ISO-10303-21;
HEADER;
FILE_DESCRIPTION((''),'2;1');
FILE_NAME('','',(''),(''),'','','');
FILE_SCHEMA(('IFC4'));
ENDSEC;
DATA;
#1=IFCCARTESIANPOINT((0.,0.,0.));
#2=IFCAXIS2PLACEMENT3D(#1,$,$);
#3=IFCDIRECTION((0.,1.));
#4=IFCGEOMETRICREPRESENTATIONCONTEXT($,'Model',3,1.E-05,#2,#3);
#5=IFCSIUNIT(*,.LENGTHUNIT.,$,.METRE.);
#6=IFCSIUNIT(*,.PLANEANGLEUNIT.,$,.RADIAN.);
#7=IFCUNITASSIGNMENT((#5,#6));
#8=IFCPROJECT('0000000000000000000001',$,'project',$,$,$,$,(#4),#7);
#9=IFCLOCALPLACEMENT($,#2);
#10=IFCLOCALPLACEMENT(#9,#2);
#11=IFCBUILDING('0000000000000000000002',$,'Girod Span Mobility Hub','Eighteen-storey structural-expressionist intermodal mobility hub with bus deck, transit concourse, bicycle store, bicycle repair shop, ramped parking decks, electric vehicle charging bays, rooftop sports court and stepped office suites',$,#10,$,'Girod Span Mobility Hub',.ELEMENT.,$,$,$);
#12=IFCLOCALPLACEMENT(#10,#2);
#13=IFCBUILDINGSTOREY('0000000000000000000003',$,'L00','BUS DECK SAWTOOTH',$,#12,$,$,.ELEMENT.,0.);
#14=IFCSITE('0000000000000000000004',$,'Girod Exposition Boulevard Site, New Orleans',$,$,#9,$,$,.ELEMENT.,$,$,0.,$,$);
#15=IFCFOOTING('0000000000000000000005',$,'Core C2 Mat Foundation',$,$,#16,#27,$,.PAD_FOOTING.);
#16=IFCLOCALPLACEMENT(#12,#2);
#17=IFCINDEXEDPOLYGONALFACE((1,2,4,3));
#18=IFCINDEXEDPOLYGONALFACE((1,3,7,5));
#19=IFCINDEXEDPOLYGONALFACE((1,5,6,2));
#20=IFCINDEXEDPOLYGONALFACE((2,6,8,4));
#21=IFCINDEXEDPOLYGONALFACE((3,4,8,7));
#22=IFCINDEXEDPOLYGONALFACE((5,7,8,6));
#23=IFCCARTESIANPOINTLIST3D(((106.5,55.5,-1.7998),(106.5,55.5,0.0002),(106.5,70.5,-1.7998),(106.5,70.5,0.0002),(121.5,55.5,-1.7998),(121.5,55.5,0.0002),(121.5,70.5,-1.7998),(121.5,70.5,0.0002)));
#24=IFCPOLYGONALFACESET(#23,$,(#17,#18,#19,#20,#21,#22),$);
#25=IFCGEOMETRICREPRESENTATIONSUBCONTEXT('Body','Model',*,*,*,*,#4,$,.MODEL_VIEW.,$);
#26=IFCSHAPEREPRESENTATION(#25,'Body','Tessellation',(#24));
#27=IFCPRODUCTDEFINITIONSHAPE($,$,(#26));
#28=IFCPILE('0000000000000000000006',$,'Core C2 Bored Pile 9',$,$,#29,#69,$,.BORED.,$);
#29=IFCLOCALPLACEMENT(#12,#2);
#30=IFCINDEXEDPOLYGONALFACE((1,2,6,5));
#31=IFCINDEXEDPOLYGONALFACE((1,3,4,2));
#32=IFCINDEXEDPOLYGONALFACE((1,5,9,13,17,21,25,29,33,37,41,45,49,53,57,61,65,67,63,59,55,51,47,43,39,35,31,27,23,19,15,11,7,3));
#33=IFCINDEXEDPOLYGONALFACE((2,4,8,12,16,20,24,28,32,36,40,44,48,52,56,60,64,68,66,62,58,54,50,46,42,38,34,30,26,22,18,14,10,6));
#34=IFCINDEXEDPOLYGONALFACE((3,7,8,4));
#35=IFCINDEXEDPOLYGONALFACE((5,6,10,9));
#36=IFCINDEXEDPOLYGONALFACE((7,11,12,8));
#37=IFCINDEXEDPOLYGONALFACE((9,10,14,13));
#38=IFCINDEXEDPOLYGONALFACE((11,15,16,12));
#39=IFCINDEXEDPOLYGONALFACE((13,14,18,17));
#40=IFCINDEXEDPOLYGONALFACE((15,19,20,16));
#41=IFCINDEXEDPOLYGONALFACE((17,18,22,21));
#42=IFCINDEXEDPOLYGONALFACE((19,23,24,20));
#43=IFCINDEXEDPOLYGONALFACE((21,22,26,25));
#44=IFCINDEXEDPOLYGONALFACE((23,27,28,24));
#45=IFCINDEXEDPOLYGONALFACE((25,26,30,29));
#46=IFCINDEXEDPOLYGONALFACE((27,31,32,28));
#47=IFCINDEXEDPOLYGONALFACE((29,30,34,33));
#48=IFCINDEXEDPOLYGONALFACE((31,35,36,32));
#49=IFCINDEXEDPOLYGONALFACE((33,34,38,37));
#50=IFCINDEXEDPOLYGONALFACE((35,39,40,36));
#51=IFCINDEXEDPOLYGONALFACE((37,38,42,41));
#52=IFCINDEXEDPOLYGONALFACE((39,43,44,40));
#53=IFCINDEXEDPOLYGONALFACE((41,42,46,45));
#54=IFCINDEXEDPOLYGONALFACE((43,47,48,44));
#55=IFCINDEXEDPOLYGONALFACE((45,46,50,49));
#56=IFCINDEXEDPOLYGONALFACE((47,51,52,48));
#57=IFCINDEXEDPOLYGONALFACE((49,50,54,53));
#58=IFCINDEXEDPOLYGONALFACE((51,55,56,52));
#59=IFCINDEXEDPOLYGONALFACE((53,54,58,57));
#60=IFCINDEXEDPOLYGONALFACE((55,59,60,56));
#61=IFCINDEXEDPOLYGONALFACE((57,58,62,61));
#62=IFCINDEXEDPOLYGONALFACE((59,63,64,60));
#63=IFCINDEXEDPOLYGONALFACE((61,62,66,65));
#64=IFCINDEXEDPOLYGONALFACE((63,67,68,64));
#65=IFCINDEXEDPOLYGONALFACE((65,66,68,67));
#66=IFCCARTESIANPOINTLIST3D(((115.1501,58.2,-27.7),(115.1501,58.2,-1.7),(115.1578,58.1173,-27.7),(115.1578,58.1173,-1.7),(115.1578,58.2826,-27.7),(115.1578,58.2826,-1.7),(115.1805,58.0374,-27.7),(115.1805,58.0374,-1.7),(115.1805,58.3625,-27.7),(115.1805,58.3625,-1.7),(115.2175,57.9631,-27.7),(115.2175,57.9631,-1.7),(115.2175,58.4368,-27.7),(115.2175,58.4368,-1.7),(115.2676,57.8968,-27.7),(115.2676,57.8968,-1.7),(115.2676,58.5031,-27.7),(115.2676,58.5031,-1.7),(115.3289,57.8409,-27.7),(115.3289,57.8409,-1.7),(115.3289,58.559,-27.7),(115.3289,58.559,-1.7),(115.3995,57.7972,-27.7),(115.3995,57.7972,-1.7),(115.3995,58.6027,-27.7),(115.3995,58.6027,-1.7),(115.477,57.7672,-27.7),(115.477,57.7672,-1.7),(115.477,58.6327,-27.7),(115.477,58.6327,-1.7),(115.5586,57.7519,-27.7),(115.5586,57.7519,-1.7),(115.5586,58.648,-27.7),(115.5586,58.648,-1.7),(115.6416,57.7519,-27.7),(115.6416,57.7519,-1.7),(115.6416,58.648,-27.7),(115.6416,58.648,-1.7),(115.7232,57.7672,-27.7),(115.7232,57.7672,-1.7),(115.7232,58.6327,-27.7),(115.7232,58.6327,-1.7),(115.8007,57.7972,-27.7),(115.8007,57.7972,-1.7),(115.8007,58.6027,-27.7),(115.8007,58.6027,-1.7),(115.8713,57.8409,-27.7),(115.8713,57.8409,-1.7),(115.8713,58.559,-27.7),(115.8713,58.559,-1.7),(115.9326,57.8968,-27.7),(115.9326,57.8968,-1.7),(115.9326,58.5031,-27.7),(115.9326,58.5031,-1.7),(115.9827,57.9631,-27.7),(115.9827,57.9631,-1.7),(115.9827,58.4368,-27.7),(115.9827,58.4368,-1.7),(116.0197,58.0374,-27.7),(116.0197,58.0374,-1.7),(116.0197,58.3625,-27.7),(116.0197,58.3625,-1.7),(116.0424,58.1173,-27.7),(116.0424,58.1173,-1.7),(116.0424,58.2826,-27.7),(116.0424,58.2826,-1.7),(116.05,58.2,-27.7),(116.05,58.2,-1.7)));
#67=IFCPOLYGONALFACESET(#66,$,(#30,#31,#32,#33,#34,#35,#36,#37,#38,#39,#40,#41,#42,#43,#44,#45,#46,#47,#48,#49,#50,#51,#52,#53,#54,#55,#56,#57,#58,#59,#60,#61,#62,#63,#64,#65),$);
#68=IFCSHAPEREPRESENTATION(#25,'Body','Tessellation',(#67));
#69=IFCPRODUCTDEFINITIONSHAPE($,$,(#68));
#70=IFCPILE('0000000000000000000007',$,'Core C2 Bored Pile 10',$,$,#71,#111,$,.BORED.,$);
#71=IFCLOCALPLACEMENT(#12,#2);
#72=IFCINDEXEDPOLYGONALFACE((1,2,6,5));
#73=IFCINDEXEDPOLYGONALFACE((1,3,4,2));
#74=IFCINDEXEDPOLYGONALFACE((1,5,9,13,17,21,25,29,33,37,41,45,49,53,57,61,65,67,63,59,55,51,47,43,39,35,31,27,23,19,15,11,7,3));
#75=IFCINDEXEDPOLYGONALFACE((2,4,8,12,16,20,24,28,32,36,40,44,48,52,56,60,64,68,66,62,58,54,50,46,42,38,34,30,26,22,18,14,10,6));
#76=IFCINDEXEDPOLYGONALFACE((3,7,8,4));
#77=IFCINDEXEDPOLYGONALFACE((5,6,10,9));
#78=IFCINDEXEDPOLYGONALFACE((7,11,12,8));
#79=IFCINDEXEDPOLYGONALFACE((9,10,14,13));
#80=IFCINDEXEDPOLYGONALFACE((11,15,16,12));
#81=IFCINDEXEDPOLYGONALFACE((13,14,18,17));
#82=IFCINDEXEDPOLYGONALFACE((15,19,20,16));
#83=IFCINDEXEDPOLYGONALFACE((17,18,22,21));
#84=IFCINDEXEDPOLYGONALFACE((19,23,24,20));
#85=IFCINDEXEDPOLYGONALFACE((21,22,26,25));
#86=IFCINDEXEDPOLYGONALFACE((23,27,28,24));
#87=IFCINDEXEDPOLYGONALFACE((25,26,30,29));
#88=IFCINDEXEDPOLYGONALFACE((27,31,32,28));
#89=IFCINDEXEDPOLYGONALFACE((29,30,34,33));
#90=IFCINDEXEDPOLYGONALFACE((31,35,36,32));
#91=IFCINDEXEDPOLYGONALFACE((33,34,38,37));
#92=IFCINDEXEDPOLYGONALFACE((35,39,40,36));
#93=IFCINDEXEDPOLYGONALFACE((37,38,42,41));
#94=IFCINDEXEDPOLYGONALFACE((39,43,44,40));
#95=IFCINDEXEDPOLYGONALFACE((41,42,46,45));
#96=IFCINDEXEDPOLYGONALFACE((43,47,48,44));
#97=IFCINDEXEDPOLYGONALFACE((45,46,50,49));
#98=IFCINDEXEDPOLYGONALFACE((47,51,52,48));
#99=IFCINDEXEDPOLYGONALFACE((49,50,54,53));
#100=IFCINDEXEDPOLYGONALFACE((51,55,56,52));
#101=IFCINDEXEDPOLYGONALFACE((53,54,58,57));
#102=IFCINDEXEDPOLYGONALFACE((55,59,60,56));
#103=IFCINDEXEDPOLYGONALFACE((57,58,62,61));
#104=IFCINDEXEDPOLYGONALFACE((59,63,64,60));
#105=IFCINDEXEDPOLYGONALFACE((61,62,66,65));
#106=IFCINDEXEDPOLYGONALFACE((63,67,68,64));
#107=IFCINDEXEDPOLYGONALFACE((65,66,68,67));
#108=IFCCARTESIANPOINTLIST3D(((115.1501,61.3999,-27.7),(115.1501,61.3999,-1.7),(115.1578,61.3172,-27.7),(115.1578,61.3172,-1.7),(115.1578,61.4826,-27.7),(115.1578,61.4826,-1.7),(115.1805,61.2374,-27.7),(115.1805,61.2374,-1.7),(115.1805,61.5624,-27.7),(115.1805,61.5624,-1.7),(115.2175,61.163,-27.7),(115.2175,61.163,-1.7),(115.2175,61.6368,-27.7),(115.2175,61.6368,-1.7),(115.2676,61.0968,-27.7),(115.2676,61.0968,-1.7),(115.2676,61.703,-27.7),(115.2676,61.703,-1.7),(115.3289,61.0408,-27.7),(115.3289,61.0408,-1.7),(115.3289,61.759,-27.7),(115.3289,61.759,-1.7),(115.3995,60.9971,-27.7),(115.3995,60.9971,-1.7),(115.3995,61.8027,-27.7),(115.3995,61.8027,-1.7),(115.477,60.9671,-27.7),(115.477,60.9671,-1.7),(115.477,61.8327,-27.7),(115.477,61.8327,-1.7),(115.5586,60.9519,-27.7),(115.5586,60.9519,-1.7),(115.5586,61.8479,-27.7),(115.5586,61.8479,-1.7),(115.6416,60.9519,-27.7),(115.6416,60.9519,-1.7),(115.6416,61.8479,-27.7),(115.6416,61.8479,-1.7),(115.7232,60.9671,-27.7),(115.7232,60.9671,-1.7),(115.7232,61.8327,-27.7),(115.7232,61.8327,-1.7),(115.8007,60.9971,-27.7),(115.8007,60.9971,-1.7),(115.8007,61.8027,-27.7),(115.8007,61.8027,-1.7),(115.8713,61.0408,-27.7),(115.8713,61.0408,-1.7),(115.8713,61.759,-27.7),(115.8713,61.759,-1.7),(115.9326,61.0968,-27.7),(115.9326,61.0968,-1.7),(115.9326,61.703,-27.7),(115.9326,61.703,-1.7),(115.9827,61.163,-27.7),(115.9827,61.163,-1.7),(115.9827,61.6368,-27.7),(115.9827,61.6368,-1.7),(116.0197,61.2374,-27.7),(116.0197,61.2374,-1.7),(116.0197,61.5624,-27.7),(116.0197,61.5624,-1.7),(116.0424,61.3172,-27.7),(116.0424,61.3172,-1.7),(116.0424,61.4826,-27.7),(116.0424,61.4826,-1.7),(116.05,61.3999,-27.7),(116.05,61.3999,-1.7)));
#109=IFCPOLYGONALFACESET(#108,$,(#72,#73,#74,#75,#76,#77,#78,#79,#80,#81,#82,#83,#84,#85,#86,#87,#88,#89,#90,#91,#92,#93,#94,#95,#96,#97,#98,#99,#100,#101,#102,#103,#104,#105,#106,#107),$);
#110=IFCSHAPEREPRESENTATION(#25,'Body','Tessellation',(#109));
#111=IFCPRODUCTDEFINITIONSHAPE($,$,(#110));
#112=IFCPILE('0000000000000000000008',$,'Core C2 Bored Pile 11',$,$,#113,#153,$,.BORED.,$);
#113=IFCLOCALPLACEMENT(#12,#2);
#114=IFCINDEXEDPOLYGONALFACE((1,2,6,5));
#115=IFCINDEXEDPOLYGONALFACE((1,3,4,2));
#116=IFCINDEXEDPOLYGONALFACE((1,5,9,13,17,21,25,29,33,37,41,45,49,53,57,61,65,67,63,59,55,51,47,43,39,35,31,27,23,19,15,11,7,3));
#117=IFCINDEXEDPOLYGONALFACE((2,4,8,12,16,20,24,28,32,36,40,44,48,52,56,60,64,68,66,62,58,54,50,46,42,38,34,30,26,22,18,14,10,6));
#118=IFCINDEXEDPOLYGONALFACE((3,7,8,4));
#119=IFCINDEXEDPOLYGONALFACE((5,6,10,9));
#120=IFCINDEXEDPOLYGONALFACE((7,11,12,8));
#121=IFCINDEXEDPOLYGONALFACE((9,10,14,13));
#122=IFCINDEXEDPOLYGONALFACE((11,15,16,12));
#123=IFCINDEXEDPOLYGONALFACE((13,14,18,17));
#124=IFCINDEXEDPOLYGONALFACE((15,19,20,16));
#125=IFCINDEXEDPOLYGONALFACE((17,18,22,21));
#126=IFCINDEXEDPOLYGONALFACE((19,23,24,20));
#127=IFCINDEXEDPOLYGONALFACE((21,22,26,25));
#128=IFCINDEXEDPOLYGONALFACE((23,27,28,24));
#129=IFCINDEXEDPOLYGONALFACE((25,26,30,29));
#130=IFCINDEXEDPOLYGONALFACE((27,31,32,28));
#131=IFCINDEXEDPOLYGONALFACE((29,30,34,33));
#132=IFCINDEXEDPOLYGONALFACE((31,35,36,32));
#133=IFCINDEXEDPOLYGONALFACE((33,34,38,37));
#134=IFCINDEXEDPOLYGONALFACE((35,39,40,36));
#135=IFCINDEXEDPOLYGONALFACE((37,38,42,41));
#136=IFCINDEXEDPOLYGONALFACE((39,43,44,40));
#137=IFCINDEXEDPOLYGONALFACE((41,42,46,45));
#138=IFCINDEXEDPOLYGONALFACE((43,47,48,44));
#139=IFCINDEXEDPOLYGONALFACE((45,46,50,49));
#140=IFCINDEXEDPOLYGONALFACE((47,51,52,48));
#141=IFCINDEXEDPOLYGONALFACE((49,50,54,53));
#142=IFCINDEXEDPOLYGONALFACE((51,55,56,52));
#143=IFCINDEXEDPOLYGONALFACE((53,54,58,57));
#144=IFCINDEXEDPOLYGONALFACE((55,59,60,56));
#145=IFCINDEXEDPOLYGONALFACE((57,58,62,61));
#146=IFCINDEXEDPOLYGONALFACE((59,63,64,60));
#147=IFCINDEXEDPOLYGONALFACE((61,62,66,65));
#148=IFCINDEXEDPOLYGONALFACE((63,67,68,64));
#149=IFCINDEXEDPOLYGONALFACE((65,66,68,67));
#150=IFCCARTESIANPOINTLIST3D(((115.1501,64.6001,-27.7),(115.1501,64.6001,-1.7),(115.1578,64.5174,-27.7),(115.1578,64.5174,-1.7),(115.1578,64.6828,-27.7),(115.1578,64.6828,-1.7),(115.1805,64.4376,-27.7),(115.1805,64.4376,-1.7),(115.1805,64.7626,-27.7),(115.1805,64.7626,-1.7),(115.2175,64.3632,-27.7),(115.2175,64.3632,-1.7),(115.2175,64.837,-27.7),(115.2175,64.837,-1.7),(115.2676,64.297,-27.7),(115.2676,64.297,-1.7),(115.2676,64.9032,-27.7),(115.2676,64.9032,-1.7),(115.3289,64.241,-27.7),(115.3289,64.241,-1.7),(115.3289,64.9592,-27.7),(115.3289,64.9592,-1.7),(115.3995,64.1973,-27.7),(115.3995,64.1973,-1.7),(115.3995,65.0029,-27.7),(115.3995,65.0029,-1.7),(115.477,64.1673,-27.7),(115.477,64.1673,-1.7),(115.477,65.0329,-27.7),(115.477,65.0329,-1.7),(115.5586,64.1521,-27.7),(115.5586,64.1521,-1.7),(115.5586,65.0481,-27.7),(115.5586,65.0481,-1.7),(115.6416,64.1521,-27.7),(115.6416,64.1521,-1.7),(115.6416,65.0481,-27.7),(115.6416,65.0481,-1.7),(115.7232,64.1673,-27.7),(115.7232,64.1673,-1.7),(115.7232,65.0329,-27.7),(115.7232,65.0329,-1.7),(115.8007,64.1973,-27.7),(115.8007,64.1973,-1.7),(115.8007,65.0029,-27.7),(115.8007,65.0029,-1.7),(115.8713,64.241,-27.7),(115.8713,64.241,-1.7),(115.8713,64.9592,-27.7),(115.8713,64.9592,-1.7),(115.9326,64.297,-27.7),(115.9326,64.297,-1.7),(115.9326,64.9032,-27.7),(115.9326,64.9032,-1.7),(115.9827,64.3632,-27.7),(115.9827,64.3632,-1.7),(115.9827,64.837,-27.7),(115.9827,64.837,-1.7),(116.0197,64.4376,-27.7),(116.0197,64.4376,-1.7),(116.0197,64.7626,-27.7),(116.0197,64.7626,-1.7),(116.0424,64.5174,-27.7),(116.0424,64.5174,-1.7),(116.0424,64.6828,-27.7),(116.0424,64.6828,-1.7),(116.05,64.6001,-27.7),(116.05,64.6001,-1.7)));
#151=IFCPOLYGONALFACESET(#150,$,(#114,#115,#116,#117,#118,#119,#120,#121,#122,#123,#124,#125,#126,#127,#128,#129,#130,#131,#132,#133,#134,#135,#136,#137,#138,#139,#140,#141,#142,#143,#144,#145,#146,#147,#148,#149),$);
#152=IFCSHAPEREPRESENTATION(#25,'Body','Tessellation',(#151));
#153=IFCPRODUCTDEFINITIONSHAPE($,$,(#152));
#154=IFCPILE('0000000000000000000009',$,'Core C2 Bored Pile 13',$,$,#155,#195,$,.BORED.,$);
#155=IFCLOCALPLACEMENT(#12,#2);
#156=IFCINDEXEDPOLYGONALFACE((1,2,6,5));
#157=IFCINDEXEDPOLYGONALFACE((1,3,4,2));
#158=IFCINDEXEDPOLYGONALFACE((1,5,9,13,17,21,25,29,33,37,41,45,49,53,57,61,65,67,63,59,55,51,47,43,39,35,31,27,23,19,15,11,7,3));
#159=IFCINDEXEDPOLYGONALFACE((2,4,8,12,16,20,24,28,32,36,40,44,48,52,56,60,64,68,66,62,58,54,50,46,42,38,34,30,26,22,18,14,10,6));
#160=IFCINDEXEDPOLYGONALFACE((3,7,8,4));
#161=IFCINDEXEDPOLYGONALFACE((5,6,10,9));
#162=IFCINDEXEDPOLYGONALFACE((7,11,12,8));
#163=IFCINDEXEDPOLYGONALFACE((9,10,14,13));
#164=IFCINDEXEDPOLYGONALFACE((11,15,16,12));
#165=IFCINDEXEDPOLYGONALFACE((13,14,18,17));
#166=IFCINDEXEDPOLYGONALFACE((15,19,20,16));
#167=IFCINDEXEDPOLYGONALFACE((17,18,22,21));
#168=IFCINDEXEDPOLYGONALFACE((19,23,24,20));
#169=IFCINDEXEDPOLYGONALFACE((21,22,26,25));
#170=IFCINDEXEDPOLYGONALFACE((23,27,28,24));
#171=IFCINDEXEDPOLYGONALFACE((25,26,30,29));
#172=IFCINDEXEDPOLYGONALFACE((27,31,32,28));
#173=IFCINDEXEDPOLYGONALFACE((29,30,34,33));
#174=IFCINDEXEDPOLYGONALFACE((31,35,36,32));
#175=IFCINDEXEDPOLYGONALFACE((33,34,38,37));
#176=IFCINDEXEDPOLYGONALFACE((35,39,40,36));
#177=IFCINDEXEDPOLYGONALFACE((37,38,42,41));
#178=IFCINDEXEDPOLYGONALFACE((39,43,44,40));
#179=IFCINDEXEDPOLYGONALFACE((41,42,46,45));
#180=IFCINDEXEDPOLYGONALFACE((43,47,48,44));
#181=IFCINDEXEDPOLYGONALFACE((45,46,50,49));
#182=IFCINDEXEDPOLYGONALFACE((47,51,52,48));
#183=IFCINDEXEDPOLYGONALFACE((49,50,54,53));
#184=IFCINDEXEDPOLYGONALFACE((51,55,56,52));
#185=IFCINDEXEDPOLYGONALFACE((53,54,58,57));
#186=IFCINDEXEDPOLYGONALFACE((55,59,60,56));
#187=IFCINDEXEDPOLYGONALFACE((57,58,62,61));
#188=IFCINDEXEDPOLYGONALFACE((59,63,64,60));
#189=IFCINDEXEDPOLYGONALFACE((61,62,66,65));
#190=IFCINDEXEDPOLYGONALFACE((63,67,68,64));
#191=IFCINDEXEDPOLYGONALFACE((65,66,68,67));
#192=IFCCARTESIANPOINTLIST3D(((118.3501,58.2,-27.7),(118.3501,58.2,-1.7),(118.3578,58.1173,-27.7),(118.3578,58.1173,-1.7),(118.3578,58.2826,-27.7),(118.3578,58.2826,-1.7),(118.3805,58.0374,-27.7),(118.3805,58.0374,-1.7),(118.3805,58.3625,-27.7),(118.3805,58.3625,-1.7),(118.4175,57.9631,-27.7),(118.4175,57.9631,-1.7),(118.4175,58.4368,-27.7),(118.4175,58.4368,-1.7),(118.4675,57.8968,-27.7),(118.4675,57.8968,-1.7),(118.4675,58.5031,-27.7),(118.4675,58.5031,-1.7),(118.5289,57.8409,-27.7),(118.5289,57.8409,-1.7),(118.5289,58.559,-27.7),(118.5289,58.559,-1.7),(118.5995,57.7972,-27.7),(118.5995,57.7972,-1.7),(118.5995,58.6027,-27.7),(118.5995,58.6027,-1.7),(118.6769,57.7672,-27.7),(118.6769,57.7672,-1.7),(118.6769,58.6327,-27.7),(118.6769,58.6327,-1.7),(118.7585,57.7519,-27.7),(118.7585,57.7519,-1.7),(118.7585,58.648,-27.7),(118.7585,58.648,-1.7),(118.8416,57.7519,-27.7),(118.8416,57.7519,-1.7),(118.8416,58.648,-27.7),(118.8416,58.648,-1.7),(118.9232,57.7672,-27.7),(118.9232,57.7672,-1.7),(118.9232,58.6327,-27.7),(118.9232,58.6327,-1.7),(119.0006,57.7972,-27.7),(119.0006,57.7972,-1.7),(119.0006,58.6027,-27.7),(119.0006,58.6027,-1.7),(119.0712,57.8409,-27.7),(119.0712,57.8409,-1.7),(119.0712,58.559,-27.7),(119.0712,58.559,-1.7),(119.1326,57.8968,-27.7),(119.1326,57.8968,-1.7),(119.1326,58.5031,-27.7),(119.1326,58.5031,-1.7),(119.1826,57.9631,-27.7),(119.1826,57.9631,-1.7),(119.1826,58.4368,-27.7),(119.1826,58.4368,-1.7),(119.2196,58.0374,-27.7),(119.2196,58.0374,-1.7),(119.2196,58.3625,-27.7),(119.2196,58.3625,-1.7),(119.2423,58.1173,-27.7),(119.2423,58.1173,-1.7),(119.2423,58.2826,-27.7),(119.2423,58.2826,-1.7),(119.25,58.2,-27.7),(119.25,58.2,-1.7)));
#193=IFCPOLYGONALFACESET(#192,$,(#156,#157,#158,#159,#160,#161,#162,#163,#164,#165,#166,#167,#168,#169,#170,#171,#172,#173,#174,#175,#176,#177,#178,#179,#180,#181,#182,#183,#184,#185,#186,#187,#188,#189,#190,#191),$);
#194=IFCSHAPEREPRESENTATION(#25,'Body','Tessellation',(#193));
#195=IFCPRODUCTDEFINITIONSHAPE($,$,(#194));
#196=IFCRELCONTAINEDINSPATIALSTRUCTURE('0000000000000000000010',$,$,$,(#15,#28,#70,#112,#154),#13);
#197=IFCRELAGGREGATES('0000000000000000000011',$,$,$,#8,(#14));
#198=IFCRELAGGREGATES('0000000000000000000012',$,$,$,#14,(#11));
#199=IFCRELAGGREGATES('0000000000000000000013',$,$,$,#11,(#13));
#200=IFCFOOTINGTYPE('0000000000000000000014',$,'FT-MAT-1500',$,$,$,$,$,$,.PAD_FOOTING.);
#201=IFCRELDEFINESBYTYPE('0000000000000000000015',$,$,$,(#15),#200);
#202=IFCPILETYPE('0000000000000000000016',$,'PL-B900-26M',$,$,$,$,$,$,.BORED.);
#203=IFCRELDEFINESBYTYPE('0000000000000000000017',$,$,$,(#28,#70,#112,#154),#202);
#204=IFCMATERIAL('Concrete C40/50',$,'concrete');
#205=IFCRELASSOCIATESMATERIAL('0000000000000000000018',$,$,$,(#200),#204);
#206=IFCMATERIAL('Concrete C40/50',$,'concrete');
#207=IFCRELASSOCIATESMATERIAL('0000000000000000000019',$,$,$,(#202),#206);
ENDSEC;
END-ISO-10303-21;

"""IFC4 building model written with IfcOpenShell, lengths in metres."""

from ifc_helpers import new_model, si_unit, direction, frame, origin, origin_2d, place, context, subcontext, project, spatial, rectangle, circle, extrude, material, material_profile, profile_set, type_object, element, save


model = new_model("IFC4")

# Units and contexts
model_context = context("Model", 3, precision=1e-05, world=origin(), true_north=direction((0.0, 1.0)))
body_context = subcontext(model_context, "Body", "Model", "MODEL_VIEW")
ifc_project = project(units=[si_unit("LENGTHUNIT", "METRE"), si_unit("PLANEANGLEUNIT", "RADIAN")], contexts=[model_context])

# Site, building, storey
site_placement = place(None, origin())
site = spatial("IfcSite", under=ifc_project, at=site_placement, Name="Girod Exposition Boulevard Site, New Orleans", CompositionType="ELEMENT", RefElevation=0.0)
building_placement = place(site_placement, origin())
building = spatial("IfcBuilding", under=site, at=building_placement, Name="Girod Span Mobility Hub", Description="Eighteen-storey structural-expressionist intermodal mobility hub with bus deck, transit concourse, bicycle store, bicycle repair shop, ramped parking decks, electric vehicle charging bays, rooftop sports court and stepped office suites", LongName="Girod Span Mobility Hub", CompositionType="ELEMENT")
storey_placement = place(building_placement, origin())
storey = spatial("IfcBuildingStorey", under=building, at=storey_placement, Name="L00", Description="BUS DECK SAWTOOTH", CompositionType="ELEMENT", Elevation=0.0)

# Footing
ifc_material_1 = material(Name="Concrete C40/50", Category="concrete")
footing_type = type_object("IfcFootingType", Name="FT-MAT-1500", PredefinedType="PAD_FOOTING", material=ifc_material_1)
footing_placement = place(storey_placement, frame((114.0, 63.0, -1.7998), z_axis=(0.0, 0.0, 1.0), x_axis=(1.0, 0.0, 0.0)))
element("IfcFooting", 1, at=footing_placement, inside=storey, type_object=footing_type, Name="Core C2 Mat Foundation", PredefinedType="PAD_FOOTING", context=body_context, shape_type="SweptSolid", body=[
    extrude(rectangle(XDim=15.0, YDim=15.0, at=origin_2d()), origin(), (0.0, 0.0, 1.0), 1.8),
])

# Piles
ifc_material_2 = material(Name="Concrete C40/50", Category="concrete")
ifc_material_profile = material_profile(ifc_material_2, circle(Radius=0.45, at=origin_2d()), Name="PILE-D900")
ifc_profile_set = profile_set([ifc_material_profile], Name="Concrete C40/50")
pile_type = type_object("IfcPileType", Name="PL-B900-26M", PredefinedType="BORED", material=ifc_profile_set)
for number, where, z_axis, x_axis, name in (
    (2, (115.6001, 58.2, -1.7), (0.0, 0.0, -1.0), (1.0, 0.0, 0.0), "Core C2 Bored Pile 9"),
    (3, (115.6001, 61.3999, -1.7), (0.0, 0.0, -1.0), (1.0, 0.0, 0.0), "Core C2 Bored Pile 10"),
    (4, (115.6001, 64.6001, -1.7), (0.0, 0.0, -1.0), (1.0, 0.0, 0.0), "Core C2 Bored Pile 11"),
    (5, (118.8, 58.2, -1.7), (0.0, 0.0, -1.0), (1.0, 0.0, 0.0), "Core C2 Bored Pile 13"),
):
    element("IfcPile", number, at=place(storey_placement, frame(where, z_axis=z_axis, x_axis=x_axis)), inside=storey, type_object=pile_type, Name=name, PredefinedType="BORED", context=body_context, shape_type="SweptSolid", body=[
        extrude(circle(Radius=0.45, at=origin_2d()), origin(), (0.0, 0.0, 1.0), 26.0),
    ])

save(model, "model.ifc")
